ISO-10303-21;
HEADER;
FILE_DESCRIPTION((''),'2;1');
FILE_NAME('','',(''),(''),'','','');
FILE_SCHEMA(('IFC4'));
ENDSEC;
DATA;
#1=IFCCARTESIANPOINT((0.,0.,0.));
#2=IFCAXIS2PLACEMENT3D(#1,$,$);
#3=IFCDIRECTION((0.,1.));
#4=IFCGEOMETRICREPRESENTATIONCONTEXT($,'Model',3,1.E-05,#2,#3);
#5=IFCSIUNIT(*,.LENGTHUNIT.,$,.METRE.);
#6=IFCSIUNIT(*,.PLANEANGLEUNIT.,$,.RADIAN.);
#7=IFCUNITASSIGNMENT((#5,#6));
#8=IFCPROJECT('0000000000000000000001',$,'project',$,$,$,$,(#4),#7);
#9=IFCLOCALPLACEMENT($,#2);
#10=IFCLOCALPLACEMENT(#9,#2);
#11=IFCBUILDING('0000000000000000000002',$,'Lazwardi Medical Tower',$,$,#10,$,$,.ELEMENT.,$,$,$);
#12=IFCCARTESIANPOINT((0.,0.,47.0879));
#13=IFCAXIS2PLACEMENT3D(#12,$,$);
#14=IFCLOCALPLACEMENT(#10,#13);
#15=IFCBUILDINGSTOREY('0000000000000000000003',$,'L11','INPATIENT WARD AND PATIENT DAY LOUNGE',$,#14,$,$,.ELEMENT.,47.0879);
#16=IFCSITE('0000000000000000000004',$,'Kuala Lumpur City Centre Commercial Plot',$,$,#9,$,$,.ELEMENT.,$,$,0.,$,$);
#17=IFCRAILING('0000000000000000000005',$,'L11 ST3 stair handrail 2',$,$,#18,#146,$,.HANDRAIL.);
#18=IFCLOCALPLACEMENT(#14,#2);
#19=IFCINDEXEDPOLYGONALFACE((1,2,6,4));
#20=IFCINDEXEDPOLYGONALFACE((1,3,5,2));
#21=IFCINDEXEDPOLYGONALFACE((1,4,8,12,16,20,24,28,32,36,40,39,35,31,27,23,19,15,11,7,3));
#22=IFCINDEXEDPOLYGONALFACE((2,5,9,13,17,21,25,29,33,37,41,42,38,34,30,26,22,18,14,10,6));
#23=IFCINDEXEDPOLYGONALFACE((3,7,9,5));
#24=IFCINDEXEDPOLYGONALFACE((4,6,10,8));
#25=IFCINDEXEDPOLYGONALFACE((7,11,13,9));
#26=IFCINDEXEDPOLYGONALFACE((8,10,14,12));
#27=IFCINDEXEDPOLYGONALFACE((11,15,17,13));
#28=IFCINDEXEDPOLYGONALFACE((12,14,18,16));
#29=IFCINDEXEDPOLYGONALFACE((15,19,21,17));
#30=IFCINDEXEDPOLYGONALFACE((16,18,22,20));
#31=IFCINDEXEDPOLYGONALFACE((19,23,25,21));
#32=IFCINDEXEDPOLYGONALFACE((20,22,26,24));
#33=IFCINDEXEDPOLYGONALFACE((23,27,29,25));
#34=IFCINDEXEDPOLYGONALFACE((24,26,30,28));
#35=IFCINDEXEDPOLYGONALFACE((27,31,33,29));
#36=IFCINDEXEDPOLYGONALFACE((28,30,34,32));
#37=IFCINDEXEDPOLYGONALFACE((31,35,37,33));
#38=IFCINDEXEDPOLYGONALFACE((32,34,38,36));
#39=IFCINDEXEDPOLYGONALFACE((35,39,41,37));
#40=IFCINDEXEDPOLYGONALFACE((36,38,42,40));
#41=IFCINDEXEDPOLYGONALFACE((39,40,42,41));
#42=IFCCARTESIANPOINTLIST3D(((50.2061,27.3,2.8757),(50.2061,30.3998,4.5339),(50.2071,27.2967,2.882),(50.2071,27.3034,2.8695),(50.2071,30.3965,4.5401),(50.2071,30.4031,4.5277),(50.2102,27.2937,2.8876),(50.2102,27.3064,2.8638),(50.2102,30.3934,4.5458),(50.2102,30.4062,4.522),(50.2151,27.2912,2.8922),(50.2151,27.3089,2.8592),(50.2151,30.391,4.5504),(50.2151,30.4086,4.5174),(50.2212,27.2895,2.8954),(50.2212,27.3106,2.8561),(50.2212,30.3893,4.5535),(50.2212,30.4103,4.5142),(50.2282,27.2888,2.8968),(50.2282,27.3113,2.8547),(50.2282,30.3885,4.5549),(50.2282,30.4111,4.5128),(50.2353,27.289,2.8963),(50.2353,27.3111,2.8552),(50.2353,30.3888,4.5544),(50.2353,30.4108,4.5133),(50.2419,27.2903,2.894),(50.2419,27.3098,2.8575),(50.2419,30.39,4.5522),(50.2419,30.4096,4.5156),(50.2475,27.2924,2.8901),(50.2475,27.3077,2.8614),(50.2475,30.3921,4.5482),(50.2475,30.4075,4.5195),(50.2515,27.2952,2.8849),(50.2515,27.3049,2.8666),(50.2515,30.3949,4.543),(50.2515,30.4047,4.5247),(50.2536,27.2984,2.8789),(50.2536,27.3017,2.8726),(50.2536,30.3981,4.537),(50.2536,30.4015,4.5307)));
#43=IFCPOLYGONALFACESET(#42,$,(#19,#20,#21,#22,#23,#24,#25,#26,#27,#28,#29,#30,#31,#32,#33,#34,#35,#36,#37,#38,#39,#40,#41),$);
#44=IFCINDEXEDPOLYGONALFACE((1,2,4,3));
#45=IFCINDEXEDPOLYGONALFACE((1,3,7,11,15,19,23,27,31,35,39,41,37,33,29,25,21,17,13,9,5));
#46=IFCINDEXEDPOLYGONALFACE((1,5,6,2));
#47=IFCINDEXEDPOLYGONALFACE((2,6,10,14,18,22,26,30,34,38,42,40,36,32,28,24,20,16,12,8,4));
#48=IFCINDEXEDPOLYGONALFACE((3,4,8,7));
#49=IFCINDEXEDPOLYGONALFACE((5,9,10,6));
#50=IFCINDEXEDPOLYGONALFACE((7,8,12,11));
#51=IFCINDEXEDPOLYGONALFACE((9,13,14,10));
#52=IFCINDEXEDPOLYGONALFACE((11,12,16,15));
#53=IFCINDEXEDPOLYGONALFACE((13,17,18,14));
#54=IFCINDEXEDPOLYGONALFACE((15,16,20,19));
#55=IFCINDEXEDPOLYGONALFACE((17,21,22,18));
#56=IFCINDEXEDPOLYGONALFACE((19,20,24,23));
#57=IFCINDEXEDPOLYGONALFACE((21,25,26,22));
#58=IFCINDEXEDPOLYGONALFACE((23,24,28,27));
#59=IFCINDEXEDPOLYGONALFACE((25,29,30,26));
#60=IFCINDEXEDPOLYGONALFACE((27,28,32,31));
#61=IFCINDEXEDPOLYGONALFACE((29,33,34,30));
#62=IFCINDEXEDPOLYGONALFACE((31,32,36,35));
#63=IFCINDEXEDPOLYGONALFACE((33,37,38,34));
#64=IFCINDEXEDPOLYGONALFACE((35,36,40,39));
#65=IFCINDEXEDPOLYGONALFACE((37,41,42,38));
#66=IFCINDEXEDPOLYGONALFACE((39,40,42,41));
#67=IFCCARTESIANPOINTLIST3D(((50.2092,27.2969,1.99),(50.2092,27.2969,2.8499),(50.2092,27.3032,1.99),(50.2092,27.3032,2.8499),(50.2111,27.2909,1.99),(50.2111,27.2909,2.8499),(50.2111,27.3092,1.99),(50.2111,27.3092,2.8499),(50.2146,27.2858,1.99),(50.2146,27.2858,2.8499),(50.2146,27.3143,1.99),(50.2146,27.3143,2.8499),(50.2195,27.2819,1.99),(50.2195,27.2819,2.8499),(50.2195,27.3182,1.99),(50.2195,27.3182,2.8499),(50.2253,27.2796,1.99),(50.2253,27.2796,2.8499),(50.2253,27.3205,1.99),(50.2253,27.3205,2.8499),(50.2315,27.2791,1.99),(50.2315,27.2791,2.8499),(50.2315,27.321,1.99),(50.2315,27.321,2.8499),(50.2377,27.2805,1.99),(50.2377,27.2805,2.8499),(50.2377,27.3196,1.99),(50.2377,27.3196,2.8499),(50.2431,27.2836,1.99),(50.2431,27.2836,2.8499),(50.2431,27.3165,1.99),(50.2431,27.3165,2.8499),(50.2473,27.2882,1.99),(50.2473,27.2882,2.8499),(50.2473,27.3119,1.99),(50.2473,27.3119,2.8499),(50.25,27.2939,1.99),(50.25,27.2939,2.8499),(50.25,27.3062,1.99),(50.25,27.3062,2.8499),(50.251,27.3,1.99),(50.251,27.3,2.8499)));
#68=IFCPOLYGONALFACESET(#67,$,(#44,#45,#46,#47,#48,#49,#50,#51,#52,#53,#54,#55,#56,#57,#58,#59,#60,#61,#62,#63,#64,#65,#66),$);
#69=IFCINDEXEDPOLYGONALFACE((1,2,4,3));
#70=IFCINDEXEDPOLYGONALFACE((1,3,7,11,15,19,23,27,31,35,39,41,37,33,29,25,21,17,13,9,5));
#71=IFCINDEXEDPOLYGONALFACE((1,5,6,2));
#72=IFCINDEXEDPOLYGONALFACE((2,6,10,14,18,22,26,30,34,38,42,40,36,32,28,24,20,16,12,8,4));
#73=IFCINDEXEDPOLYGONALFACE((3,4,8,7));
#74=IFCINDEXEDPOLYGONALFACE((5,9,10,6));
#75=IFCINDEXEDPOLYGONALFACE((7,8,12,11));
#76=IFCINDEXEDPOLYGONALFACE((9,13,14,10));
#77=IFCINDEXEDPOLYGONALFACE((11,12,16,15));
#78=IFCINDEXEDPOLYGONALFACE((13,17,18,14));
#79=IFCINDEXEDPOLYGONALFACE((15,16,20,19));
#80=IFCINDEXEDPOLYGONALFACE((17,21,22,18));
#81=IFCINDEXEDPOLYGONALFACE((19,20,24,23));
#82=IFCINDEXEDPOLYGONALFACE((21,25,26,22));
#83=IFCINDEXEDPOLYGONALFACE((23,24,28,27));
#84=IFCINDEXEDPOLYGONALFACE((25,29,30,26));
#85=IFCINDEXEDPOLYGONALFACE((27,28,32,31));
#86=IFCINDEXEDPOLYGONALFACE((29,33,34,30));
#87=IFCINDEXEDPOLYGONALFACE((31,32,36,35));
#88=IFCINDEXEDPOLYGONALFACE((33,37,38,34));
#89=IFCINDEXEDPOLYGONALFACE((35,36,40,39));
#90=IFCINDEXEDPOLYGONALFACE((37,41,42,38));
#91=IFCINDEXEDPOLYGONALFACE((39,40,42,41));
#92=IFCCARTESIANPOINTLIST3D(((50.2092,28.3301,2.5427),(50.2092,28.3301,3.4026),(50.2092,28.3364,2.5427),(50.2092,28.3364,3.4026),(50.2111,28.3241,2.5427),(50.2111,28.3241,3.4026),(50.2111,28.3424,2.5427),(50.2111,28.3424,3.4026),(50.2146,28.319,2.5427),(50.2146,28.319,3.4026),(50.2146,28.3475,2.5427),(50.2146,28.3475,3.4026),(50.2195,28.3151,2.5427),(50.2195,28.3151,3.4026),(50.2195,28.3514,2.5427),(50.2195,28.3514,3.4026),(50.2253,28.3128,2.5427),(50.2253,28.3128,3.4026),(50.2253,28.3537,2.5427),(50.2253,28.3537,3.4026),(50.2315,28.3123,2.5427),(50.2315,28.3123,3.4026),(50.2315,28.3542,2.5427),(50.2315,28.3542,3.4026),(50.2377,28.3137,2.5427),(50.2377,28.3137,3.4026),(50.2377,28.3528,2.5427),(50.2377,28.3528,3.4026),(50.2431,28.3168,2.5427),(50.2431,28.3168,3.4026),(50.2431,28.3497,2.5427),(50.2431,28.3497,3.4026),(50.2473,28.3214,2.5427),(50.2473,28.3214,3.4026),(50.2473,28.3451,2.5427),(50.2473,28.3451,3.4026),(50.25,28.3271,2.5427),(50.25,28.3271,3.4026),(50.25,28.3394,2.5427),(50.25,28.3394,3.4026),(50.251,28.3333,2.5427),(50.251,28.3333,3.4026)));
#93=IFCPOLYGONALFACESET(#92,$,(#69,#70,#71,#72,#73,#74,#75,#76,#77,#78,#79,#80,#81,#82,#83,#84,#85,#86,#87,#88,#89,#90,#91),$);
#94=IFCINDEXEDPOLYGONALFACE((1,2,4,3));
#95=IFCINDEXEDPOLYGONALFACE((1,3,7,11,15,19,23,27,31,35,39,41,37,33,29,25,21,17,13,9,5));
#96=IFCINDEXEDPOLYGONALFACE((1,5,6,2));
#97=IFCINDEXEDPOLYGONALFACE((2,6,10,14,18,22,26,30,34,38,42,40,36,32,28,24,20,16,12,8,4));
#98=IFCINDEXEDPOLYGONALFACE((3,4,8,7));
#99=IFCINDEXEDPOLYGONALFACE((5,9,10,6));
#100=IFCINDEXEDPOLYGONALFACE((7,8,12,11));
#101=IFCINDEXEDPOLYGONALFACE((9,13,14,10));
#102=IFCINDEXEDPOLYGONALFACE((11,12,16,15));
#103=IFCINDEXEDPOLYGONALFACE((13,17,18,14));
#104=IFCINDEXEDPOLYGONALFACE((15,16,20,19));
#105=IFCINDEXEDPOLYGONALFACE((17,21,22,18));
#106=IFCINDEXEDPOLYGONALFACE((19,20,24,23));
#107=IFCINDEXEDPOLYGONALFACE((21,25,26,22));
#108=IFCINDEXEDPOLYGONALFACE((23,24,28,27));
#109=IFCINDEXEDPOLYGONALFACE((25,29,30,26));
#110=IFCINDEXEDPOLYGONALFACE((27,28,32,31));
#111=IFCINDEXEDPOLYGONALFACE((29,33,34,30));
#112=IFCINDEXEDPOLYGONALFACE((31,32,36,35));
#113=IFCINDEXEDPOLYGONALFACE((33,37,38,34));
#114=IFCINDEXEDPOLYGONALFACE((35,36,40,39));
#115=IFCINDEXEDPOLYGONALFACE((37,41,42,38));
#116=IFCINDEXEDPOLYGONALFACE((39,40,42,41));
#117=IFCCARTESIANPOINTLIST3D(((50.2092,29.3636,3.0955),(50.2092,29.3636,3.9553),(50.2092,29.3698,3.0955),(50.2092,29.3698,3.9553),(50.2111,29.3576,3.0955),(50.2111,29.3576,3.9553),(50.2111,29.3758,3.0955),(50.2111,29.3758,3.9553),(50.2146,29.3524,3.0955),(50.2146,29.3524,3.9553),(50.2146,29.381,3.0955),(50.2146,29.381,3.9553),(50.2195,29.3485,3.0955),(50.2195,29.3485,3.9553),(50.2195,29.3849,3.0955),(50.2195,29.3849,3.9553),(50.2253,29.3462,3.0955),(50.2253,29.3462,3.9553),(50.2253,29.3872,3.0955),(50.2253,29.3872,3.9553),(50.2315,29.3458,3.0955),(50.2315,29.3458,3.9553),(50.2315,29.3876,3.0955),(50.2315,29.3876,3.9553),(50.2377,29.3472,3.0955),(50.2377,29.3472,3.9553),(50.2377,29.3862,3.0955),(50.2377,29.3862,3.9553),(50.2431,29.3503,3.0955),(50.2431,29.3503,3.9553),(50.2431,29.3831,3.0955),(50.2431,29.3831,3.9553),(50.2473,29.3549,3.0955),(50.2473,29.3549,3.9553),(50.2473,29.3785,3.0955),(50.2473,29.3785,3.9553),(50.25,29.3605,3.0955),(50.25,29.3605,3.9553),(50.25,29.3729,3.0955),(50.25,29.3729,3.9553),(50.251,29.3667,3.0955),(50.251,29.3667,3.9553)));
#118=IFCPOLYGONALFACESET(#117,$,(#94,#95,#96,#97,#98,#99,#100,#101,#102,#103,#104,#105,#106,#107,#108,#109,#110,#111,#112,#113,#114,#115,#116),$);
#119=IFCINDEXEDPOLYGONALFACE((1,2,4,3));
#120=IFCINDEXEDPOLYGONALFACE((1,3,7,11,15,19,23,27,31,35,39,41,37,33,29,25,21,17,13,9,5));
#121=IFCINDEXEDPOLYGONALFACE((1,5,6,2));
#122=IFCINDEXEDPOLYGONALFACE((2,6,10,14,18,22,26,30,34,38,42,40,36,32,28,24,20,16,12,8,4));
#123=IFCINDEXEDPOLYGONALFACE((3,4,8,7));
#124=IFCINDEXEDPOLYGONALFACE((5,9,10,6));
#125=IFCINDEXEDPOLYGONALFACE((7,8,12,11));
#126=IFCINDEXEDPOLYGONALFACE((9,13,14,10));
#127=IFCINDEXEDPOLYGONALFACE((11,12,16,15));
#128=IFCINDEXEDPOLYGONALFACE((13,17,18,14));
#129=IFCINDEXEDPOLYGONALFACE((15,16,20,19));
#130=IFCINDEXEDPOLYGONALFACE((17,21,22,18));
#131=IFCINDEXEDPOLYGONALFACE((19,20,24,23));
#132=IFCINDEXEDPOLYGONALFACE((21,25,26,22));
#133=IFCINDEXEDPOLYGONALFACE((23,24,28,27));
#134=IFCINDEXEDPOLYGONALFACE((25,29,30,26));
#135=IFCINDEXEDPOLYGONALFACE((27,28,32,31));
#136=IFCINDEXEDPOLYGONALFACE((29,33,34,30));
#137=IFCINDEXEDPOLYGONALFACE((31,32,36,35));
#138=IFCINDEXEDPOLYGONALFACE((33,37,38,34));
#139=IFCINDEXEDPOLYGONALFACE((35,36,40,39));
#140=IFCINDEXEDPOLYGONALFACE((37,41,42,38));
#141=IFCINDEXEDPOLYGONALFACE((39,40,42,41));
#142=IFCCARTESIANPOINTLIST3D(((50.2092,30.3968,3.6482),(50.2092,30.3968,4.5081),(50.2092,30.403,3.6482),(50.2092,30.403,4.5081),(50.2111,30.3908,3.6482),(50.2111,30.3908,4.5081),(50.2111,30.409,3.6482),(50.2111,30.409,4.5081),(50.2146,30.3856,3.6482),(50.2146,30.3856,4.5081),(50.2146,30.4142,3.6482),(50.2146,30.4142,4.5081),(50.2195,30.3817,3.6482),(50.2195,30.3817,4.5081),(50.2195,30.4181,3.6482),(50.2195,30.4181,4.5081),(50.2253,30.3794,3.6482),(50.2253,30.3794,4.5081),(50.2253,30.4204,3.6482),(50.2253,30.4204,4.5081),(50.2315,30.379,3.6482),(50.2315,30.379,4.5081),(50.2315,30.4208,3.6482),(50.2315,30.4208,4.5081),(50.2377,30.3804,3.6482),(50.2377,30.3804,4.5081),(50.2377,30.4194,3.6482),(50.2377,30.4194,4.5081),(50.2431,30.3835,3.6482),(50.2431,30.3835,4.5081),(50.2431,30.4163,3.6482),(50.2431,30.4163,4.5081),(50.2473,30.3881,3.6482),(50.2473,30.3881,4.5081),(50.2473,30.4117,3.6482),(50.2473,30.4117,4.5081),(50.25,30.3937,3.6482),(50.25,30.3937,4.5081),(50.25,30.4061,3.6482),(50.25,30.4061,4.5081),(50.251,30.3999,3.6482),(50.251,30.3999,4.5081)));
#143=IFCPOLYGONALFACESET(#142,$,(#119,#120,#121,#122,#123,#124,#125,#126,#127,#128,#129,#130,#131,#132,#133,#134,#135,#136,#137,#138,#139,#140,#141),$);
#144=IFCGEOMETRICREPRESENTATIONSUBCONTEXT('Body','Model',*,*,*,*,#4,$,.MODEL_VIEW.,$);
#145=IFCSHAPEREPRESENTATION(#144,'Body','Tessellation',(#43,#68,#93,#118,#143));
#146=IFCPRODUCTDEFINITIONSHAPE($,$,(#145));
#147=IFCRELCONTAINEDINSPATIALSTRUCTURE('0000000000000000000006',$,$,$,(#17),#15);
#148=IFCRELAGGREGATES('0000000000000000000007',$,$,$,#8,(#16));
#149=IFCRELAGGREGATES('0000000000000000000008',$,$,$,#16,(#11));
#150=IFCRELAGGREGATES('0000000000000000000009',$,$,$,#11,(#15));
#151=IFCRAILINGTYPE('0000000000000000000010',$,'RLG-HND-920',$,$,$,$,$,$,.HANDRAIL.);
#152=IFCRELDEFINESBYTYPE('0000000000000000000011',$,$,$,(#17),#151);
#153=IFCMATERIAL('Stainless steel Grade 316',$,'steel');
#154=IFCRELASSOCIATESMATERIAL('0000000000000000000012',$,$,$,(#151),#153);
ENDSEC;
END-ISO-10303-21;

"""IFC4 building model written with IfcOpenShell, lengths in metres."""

from ifc_helpers import new_model, si_unit, direction, frame, origin, origin_2d, place, context, subcontext, project, spatial, circle, extrude, material, type_object, element, save


model = new_model("IFC4")

# Units and contexts
model_context = context("Model", 3, precision=1e-05, world=origin(), true_north=direction((0.0, 1.0)))
body_context = subcontext(model_context, "Body", "Model", "MODEL_VIEW")
ifc_project = project(units=[si_unit("LENGTHUNIT", "METRE"), si_unit("PLANEANGLEUNIT", "RADIAN")], contexts=[model_context])

# Site, building, storey
site_placement = place(None, origin())
site = spatial("IfcSite", under=ifc_project, at=site_placement, Name="Kuala Lumpur City Centre Commercial Plot", CompositionType="ELEMENT", RefElevation=0.0)
building_placement = place(site_placement, origin())
building = spatial("IfcBuilding", under=site, at=building_placement, Name="Lazwardi Medical Tower", CompositionType="ELEMENT")
storey_placement = place(building_placement, frame((0.0, 0.0, 47.0879)))
storey = spatial("IfcBuildingStorey", under=building, at=storey_placement, Name="L11", Description="INPATIENT WARD AND PATIENT DAY LOUNGE", CompositionType="ELEMENT", Elevation=47.0879)

# Railing
ifc_material_1 = material(Name="Stainless steel Grade 316", Category="steel")
railing_type_1 = type_object("IfcRailingType", Name="RLG-HND-920", PredefinedType="HANDRAIL", material=ifc_material_1)
railing_1_placement = place(storey_placement, frame((50.23, 27.3, 1.99)))
element("IfcRailing", 1, at=railing_1_placement, inside=storey, type_object=railing_type_1, Name="L11 ST3 stair handrail 2", PredefinedType="HANDRAIL", context=body_context, shape_type="SweptSolid", body=[
    extrude(circle(Radius=0.0239, at=origin_2d()), frame((0.0, 0.0, 0.8857), z_axis=(0.0, 0.881768, 0.471684), x_axis=(-1.0, 0.0, 0.0)), (0.0, 0.0, 1.0), 3.5154),
    extrude(circle(Radius=0.021, at=origin_2d()), origin(), (0.0, 0.0, 1.0), 0.8599),
    extrude(circle(Radius=0.021, at=origin_2d()), frame((0.0, 1.0332, 0.5527)), (0.0, 0.0, 1.0), 0.8599),
    extrude(circle(Radius=0.021, at=origin_2d()), frame((0.0, 2.0667, 1.1055)), (0.0, 0.0, 1.0), 0.8599),
    extrude(circle(Radius=0.021, at=origin_2d()), frame((0.0, 3.0999, 1.6582)), (0.0, 0.0, 1.0), 0.8599),
])

save(model, "model.ifc")
